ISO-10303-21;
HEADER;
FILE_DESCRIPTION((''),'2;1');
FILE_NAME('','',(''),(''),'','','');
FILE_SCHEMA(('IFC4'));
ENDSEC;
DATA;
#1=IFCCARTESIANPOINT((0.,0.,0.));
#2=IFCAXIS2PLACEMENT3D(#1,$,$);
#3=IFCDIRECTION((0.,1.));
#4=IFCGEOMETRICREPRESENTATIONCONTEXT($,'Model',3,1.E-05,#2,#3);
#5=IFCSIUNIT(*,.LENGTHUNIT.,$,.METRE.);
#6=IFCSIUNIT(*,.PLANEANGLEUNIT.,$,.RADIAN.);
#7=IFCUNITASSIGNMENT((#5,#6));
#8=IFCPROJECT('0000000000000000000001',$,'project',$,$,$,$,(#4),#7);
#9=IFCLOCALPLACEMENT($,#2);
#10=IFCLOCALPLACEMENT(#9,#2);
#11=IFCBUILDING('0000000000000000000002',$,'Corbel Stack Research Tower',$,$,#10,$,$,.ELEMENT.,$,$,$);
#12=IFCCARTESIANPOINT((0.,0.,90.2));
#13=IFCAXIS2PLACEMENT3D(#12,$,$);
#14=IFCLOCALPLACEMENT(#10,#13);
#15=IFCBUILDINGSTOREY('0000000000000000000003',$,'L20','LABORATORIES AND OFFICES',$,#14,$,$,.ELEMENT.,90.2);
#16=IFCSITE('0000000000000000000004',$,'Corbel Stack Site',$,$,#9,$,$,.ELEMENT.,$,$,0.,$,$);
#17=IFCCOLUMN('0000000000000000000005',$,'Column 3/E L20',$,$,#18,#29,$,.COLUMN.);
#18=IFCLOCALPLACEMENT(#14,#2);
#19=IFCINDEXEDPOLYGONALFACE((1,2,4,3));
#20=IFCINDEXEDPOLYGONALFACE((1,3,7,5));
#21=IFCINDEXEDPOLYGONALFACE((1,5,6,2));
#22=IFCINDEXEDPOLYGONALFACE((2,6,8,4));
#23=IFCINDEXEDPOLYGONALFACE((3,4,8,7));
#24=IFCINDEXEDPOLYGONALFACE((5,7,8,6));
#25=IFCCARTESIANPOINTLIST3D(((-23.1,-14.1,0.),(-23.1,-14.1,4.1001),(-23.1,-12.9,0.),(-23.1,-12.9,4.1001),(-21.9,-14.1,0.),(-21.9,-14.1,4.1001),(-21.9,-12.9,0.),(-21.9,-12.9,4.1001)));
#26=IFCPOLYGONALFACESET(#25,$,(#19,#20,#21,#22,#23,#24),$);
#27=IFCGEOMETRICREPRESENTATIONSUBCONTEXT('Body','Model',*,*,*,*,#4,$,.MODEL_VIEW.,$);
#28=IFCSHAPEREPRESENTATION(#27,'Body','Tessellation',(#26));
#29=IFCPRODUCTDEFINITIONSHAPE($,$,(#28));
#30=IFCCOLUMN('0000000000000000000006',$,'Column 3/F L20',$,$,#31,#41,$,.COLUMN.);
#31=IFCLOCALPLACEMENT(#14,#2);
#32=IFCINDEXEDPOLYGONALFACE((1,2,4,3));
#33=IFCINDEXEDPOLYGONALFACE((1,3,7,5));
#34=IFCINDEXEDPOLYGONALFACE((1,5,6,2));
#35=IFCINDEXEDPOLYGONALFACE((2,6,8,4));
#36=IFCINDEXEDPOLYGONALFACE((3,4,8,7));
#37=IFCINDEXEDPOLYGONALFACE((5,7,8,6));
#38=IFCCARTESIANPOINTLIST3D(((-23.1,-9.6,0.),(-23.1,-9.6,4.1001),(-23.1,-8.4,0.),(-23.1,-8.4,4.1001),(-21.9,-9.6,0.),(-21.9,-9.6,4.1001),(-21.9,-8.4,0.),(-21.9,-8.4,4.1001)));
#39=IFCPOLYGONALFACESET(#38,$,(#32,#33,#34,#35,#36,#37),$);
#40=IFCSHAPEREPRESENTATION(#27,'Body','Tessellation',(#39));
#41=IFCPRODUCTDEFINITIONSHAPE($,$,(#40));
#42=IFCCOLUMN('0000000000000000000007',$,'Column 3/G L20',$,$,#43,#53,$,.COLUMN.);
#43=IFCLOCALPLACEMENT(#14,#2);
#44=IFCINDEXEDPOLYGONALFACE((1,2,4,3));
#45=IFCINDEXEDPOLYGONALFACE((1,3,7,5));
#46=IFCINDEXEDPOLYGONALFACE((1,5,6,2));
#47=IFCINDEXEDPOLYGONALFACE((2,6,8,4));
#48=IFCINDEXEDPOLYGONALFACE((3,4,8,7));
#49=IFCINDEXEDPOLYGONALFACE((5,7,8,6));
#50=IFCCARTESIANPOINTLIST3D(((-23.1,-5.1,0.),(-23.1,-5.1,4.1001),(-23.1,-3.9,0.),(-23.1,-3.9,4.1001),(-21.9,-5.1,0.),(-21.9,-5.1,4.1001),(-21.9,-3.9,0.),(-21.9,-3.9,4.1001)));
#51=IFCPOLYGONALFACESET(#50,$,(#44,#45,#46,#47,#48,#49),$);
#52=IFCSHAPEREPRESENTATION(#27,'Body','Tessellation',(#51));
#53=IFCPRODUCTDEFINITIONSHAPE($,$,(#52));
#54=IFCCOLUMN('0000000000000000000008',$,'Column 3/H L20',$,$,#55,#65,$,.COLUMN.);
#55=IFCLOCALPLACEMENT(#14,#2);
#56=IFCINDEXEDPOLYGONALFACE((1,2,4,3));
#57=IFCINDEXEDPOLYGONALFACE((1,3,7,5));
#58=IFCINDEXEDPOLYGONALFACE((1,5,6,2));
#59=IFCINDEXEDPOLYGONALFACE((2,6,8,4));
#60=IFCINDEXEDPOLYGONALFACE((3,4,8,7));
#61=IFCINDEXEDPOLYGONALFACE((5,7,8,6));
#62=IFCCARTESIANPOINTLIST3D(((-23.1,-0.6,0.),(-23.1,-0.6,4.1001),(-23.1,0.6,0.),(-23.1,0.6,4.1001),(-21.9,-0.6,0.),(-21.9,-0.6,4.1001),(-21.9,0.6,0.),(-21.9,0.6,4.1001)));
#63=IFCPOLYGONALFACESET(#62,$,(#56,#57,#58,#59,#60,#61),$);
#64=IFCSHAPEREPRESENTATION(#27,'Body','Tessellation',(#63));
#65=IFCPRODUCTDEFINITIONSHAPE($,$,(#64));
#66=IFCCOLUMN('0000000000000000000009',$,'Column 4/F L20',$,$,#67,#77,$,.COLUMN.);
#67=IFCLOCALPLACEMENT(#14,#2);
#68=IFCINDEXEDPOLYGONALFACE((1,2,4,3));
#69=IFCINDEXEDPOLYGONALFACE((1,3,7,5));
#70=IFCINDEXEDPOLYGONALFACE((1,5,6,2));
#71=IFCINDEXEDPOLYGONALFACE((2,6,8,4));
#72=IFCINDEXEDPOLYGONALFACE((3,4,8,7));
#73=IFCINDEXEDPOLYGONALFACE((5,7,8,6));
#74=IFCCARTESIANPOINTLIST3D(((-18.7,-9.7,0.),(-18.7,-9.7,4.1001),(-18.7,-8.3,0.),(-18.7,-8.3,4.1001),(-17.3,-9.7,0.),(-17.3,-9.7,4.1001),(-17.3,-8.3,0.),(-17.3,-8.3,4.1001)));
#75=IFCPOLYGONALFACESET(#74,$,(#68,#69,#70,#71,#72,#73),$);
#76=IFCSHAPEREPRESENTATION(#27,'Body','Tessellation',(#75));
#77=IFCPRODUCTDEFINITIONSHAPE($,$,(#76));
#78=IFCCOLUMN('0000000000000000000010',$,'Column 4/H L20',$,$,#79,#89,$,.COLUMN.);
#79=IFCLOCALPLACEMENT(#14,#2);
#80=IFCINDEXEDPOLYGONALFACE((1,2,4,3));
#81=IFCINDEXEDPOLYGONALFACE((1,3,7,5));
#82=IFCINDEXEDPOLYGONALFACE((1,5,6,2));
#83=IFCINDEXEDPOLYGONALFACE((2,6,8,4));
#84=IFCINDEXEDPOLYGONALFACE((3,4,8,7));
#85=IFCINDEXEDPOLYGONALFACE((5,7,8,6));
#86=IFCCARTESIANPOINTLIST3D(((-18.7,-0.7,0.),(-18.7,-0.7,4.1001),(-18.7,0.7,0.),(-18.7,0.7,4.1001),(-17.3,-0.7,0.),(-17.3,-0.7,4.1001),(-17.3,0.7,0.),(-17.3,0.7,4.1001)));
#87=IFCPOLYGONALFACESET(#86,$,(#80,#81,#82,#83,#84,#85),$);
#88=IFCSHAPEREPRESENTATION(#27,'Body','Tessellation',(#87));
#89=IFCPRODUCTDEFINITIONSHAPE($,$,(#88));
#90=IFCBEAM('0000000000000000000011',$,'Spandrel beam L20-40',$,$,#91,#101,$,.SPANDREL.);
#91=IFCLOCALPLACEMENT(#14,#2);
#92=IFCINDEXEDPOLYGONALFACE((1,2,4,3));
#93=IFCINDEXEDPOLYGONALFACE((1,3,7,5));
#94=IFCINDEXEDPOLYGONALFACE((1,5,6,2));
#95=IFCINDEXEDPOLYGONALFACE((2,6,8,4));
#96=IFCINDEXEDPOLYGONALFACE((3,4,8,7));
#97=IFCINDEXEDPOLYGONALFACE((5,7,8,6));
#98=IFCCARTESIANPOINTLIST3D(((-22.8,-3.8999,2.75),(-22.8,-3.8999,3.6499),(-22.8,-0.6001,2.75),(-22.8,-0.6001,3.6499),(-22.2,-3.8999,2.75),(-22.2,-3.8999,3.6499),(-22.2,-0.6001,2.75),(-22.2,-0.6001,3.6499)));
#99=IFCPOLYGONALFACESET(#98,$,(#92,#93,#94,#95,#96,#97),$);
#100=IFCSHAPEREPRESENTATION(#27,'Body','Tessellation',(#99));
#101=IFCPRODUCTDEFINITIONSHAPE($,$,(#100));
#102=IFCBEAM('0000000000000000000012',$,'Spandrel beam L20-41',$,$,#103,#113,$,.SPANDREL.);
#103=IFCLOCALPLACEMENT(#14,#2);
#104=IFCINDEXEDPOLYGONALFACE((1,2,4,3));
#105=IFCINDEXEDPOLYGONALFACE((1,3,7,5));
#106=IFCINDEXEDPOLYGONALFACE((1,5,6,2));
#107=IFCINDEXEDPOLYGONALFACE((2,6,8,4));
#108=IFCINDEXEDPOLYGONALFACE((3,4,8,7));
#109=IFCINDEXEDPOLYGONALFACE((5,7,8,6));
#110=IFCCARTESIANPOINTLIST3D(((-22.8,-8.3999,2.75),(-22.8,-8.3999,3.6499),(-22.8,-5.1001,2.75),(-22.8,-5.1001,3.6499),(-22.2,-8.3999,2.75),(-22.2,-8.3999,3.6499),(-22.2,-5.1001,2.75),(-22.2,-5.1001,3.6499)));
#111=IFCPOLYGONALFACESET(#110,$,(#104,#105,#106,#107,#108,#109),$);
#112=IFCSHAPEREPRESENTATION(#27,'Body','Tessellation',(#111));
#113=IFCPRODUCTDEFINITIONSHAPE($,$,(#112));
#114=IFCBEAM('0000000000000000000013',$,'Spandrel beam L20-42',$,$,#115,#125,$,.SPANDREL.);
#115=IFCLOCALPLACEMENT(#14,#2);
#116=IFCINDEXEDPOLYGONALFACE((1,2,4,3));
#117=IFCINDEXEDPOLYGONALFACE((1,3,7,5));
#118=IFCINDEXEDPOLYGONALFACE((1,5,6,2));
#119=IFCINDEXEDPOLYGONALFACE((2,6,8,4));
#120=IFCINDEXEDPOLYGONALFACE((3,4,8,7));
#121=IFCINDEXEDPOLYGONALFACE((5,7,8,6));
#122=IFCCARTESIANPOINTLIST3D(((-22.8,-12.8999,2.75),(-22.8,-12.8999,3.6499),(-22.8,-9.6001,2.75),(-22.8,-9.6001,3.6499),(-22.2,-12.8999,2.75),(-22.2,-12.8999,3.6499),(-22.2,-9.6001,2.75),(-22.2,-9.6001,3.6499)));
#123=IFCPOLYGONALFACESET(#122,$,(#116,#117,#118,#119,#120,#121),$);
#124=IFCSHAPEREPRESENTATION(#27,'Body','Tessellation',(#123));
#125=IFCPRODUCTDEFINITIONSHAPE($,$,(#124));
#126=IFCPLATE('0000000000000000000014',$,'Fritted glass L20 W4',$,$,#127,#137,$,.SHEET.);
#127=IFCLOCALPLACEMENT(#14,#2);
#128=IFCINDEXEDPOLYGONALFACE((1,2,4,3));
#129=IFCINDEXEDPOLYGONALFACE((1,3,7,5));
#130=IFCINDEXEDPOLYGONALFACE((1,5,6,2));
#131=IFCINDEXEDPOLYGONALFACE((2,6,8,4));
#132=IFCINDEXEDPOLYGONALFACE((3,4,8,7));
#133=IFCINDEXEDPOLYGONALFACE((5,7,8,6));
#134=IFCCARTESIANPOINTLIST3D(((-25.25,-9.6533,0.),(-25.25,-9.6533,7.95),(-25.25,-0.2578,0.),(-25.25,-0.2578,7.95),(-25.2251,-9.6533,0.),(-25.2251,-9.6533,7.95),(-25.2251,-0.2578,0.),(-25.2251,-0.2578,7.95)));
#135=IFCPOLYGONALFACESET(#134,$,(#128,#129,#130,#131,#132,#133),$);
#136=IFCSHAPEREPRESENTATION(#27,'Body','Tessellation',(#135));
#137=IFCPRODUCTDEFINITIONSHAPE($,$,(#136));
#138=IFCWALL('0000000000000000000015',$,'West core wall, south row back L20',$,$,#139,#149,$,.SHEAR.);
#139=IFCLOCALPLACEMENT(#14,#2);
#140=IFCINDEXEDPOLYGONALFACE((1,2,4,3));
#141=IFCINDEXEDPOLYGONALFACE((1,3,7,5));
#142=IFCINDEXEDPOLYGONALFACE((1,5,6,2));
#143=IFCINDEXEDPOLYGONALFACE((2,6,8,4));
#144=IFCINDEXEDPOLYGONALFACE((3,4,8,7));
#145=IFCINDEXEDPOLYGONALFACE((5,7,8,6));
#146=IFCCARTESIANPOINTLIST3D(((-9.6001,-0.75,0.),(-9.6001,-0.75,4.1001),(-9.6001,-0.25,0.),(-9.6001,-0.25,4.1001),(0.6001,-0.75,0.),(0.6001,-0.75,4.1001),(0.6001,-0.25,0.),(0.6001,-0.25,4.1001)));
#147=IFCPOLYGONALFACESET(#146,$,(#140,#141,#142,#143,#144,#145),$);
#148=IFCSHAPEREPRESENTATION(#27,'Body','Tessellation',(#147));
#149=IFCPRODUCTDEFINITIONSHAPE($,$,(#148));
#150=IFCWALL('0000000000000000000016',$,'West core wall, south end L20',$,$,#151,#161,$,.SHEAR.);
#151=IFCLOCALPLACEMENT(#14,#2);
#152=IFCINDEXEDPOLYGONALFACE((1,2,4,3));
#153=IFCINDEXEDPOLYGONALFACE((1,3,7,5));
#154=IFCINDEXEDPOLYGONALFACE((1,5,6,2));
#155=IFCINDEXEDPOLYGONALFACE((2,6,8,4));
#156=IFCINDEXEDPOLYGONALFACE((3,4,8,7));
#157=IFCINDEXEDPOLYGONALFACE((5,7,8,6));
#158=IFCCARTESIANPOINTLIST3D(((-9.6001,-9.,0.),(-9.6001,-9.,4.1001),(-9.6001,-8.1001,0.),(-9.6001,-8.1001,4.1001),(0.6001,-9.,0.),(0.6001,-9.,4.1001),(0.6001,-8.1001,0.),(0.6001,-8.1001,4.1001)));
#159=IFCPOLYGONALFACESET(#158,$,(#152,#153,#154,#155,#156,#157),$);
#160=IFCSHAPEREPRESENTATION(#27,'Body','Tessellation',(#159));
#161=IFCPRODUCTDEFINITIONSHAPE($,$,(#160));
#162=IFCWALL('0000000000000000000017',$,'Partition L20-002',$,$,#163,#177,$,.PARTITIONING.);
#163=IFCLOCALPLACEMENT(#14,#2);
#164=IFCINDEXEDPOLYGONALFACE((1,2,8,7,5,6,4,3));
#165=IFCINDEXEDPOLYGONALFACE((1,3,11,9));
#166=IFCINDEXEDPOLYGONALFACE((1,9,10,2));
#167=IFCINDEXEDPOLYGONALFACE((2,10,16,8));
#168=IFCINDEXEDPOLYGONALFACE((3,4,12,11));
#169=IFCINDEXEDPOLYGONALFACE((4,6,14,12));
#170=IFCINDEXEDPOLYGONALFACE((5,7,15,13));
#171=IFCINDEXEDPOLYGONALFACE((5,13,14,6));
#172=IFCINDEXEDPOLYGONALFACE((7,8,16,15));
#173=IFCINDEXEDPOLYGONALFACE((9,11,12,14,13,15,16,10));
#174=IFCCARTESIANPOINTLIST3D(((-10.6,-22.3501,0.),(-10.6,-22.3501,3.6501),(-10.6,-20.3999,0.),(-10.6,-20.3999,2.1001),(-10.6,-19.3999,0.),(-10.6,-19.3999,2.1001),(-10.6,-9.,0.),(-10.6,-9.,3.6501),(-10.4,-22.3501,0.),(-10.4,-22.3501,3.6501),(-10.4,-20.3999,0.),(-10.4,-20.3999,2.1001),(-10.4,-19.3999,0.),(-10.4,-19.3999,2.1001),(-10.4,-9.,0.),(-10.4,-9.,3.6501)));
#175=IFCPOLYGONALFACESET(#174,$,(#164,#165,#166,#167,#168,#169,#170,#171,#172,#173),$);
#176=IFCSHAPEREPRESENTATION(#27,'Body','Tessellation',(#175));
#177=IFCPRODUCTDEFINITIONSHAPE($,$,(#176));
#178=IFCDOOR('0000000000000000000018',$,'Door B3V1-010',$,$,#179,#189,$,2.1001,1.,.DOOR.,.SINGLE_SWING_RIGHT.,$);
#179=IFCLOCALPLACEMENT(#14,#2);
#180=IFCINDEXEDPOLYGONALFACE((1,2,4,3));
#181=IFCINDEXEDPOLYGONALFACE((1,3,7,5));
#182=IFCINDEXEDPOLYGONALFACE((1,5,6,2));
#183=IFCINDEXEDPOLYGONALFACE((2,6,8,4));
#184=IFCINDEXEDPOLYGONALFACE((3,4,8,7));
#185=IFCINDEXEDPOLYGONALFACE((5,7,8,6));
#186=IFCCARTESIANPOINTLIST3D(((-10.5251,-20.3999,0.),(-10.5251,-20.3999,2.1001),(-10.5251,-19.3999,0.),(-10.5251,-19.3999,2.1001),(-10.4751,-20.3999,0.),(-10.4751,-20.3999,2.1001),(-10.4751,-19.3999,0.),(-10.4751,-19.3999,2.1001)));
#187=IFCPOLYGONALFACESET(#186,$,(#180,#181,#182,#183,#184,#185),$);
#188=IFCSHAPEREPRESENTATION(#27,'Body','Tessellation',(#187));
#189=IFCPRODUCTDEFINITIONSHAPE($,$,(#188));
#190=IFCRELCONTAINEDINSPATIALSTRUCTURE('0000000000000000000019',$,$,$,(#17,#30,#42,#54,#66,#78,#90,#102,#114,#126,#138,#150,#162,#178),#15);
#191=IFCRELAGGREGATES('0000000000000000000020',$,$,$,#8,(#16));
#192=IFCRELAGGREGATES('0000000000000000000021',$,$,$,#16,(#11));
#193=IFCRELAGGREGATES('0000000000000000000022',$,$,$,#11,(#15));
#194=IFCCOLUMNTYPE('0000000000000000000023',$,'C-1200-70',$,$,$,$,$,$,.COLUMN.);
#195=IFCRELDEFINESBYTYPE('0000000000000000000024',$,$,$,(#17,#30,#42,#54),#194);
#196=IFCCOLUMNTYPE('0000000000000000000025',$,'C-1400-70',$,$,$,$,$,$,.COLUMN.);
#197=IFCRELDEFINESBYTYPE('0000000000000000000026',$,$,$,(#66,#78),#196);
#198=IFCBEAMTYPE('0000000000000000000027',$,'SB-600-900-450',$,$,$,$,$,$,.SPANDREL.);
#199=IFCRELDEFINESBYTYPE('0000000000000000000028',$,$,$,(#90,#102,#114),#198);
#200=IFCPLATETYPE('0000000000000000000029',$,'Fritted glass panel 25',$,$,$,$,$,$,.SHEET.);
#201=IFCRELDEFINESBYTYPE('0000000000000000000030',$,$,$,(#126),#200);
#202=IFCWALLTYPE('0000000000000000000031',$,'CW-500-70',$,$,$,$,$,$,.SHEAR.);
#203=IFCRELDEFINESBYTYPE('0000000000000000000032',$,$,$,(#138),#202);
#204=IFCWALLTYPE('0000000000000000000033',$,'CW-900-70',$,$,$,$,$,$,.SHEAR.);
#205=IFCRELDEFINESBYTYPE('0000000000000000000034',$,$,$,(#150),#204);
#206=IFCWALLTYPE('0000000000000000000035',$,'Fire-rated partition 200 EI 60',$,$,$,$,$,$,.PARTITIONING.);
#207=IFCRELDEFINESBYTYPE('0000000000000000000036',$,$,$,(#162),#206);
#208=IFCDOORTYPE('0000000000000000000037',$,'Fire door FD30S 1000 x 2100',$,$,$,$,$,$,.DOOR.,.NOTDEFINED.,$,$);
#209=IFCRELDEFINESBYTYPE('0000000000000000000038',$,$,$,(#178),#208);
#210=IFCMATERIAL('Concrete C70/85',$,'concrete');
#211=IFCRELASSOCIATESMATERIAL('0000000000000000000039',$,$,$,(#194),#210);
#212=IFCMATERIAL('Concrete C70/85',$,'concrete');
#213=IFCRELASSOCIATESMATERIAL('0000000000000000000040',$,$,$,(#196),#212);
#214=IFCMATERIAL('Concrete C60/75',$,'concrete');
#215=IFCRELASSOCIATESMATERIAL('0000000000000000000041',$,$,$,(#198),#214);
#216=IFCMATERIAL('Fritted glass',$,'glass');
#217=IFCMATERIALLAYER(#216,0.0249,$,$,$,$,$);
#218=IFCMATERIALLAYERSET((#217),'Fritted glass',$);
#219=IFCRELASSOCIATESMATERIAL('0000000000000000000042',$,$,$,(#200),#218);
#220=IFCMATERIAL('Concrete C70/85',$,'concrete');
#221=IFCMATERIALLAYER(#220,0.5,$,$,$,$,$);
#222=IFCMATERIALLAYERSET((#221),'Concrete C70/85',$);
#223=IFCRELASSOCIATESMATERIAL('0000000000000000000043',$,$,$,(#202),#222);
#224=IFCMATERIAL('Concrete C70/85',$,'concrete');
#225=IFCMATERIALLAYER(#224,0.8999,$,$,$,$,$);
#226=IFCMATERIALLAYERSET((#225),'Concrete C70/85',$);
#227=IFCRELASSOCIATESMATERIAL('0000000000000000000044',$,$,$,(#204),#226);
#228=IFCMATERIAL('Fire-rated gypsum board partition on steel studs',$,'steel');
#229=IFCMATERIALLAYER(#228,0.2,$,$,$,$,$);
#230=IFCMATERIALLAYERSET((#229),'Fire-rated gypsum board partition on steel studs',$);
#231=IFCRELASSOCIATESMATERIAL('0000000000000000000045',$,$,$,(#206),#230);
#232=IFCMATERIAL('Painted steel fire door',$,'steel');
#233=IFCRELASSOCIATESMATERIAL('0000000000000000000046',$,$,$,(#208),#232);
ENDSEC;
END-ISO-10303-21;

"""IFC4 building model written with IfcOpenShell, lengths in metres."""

from ifc_helpers import new_model, si_unit, direction, frame, frame_2d, origin, origin_2d, place, context, subcontext, project, spatial, rectangle, extrude, material, layer, layer_set, material_profile, profile_set, type_object, element, fill, save


model = new_model("IFC4")

# Units and contexts
model_context = context("Model", 3, precision=1e-05, world=origin(), true_north=direction((0.0, 1.0)))
body_context = subcontext(model_context, "Body", "Model", "MODEL_VIEW")
ifc_project = project(units=[si_unit("LENGTHUNIT", "METRE"), si_unit("PLANEANGLEUNIT", "RADIAN")], contexts=[model_context])

# Site, building, storey
site_placement = place(None, origin())
site = spatial("IfcSite", under=ifc_project, at=site_placement, Name="Corbel Stack Site", CompositionType="ELEMENT", RefElevation=0.0)
building_placement = place(site_placement, origin())
building = spatial("IfcBuilding", under=site, at=building_placement, Name="Corbel Stack Research Tower", CompositionType="ELEMENT")
storey_placement = place(building_placement, frame((0.0, 0.0, 90.2)))
storey = spatial("IfcBuildingStorey", under=building, at=storey_placement, Name="L20", Description="LABORATORIES AND OFFICES", CompositionType="ELEMENT", Elevation=90.2)

# Columns
ifc_material_1 = material(Name="Concrete C70/85", Category="concrete")
ifc_material_profile_1 = material_profile(ifc_material_1, rectangle(XDim=1.2, YDim=1.2, at=origin_2d()), Name="RC 1200 x 1200")
ifc_profile_set_1 = profile_set([ifc_material_profile_1], Name="Concrete C70/85")
column_type_1 = type_object("IfcColumnType", Name="C-1200-70", PredefinedType="COLUMN", material=ifc_profile_set_1)
for number, where, z_axis, x_axis, name in (
    (1, (-22.5, -13.5, 0.0), (0.0, 0.0, 1.0), (1.0, 0.0, 0.0), "Column 3/E L20"),
    (2, (-22.5, -9.0, 0.0), (0.0, 0.0, 1.0), (1.0, 0.0, 0.0), "Column 3/F L20"),
    (3, (-22.5, -4.5, 0.0), (0.0, 0.0, 1.0), (1.0, 0.0, 0.0), "Column 3/G L20"),
    (4, (-22.5, 0.0, 0.0), (0.0, 0.0, 1.0), (1.0, 0.0, 0.0), "Column 3/H L20"),
):
    element("IfcColumn", number, at=place(storey_placement, frame(where, z_axis=z_axis, x_axis=x_axis)), inside=storey, type_object=column_type_1, Name=name, PredefinedType="COLUMN", context=body_context, shape_type="SweptSolid", body=[
        extrude(rectangle(XDim=1.2, YDim=1.2, at=origin_2d()), origin(), (0.0, 0.0, 1.0), 4.1001),
    ])
ifc_material_2 = material(Name="Concrete C70/85", Category="concrete")
ifc_material_profile_2 = material_profile(ifc_material_2, rectangle(XDim=1.3999, YDim=1.3999, at=origin_2d()), Name="RC 1400 x 1400")
ifc_profile_set_2 = profile_set([ifc_material_profile_2], Name="Concrete C70/85")
column_type_2 = type_object("IfcColumnType", Name="C-1400-70", PredefinedType="COLUMN", material=ifc_profile_set_2)
for number, where, z_axis, x_axis, name in (
    (5, (-18.0, -9.0, 0.0), (0.0, 0.0, 1.0), (1.0, 0.0, 0.0), "Column 4/F L20"),
    (6, (-18.0, 0.0, 0.0), (0.0, 0.0, 1.0), (1.0, 0.0, 0.0), "Column 4/H L20"),
):
    element("IfcColumn", number, at=place(storey_placement, frame(where, z_axis=z_axis, x_axis=x_axis)), inside=storey, type_object=column_type_2, Name=name, PredefinedType="COLUMN", context=body_context, shape_type="SweptSolid", body=[
        extrude(rectangle(XDim=1.3999, YDim=1.3999, at=origin_2d()), origin(), (0.0, 0.0, 1.0), 4.1001),
    ])

# Beams
ifc_material_3 = material(Name="Concrete C60/75", Category="concrete")
ifc_material_profile_3 = material_profile(ifc_material_3, rectangle(XDim=0.6001, YDim=0.8999, at=origin_2d()), Name="RC 600 x 900")
ifc_profile_set_3 = profile_set([ifc_material_profile_3], Name="Concrete C60/75")
beam_type = type_object("IfcBeamType", Name="SB-600-900-450", PredefinedType="SPANDREL", material=ifc_profile_set_3)
for number, where, z_axis, x_axis, name in (
    (7, (-22.5, -0.6001, 3.2), (0.0, -1.0, 0.0), (1.0, 0.0, 0.0), "Spandrel beam L20-40"),
    (8, (-22.5, -5.1001, 3.2), (0.0, -1.0, 0.0), (1.0, 0.0, 0.0), "Spandrel beam L20-41"),
    (9, (-22.5, -9.6001, 3.2), (0.0, -1.0, 0.0), (1.0, 0.0, 0.0), "Spandrel beam L20-42"),
):
    element("IfcBeam", number, at=place(storey_placement, frame(where, z_axis=z_axis, x_axis=x_axis)), inside=storey, type_object=beam_type, Name=name, PredefinedType="SPANDREL", context=body_context, shape_type="SweptSolid", body=[
        extrude(rectangle(XDim=0.6001, YDim=0.8999, at=origin_2d()), origin(), (0.0, 0.0, 1.0), 3.2998),
    ])

# Plate
ifc_material_4 = material(Name="Fritted glass", Category="glass")
ifc_layer_1 = layer(ifc_material_4, 0.0249)
ifc_layer_set_1 = layer_set([ifc_layer_1], Name="Fritted glass")
plate_type = type_object("IfcPlateType", Name="Fritted glass panel 25", PredefinedType="SHEET", material=ifc_layer_set_1)
plate_placement = place(storey_placement, frame((-25.2375, -4.9556, 0.0), z_axis=(0.0, 0.0, 1.0), x_axis=(0.0, -1.0, 0.0)))
element("IfcPlate", 10, at=plate_placement, inside=storey, type_object=plate_type, Name="Fritted glass L20 W4", PredefinedType="SHEET", context=body_context, shape_type="SweptSolid", body=[
    extrude(rectangle(XDim=9.3955, YDim=0.0249, at=origin_2d()), origin(), (0.0, 0.0, 1.0), 7.95),
])

# Wall
ifc_material_5 = material(Name="Concrete C70/85", Category="concrete")
ifc_layer_2 = layer(ifc_material_5, 0.5)
ifc_layer_set_2 = layer_set([ifc_layer_2], Name="Concrete C70/85")
wall_type_1 = type_object("IfcWallType", Name="CW-500-70", PredefinedType="SHEAR", material=ifc_layer_set_2)
wall_1_placement = place(storey_placement, frame((-9.6001, -0.5, 0.0), z_axis=(0.0, 0.0, 1.0), x_axis=(1.0, 0.0, 0.0)))
element("IfcWall", 11, at=wall_1_placement, inside=storey, type_object=wall_type_1, Name="West core wall, south row back L20", PredefinedType="SHEAR", context=body_context, shape_type="SweptSolid", body=[
    extrude(rectangle(XDim=10.2002, YDim=0.5, at=frame_2d((5.1001, 0.0))), origin(), (0.0, 0.0, 1.0), 4.1001),
])

# Shared definitions
ifc_material_6 = material(Name="Concrete C70/85", Category="concrete")
ifc_layer_3 = layer(ifc_material_6, 0.8999)
ifc_layer_set_3 = layer_set([ifc_layer_3], Name="Concrete C70/85")
wall_type_2 = type_object("IfcWallType", Name="CW-900-70", PredefinedType="SHEAR", material=ifc_layer_set_3)

# Wall
wall_2_placement = place(storey_placement, frame((-9.6001, -8.55, 0.0), z_axis=(0.0, 0.0, 1.0), x_axis=(1.0, 0.0, 0.0)))
element("IfcWall", 12, at=wall_2_placement, inside=storey, type_object=wall_type_2, Name="West core wall, south end L20", PredefinedType="SHEAR", context=body_context, shape_type="SweptSolid", body=[
    extrude(rectangle(XDim=10.2002, YDim=0.8999, at=frame_2d((5.1001, 0.0))), origin(), (0.0, 0.0, 1.0), 4.1001),
])

# Wall, opening, door
ifc_material_7 = material(Name="Fire-rated gypsum board partition on steel studs", Category="steel")
ifc_layer_4 = layer(ifc_material_7, 0.2)
ifc_layer_set_4 = layer_set([ifc_layer_4], Name="Fire-rated gypsum board partition on steel studs")
wall_type_3 = type_object("IfcWallType", Name="Fire-rated partition 200 EI 60", PredefinedType="PARTITIONING", material=ifc_layer_set_4)
wall_3_placement = place(storey_placement, frame((-10.5, -9.0, 0.0), z_axis=(0.0, 0.0, 1.0), x_axis=(0.0, -1.0, 0.0)))
wall_3 = element("IfcWall", 13, at=wall_3_placement, inside=storey, type_object=wall_type_3, Name="Partition L20-002", PredefinedType="PARTITIONING", context=body_context, shape_type="SweptSolid", body=[
    extrude(rectangle(XDim=13.3501, YDim=0.2, at=frame_2d((6.675, 0.0))), origin(), (0.0, 0.0, 1.0), 3.6501),
])
opening_1_placement = place(wall_3_placement, frame((10.3999, 0.0, 0.0)))
opening_1 = element("IfcOpeningElement", 14, at=opening_1_placement, cuts=wall_3, PredefinedType="OPENING", context=body_context, shape_type="SweptSolid", body=[
    extrude(rectangle(XDim=1.0, YDim=2.1001, at=frame_2d((0.5, 1.05))), frame((0.0, 0.1099, 0.0), z_axis=(0.0, -1.0, 0.0), x_axis=(1.0, 0.0, 0.0)), (0.0, 0.0, 1.0), 0.22),
])
ifc_material_8 = material(Name="Painted steel fire door", Category="steel")
door_type_1 = type_object("IfcDoorType", Name="Fire door FD30S 1000 x 2100", OperationType="NOTDEFINED", PredefinedType="DOOR", material=ifc_material_8)
door_1_placement = place(opening_1_placement, origin())
door_1 = element("IfcDoor", 15, at=door_1_placement, inside=storey, type_object=door_type_1, Name="Door B3V1-010", OperationType="SINGLE_SWING_RIGHT", OverallHeight=2.1001, OverallWidth=1.0, PredefinedType="DOOR", context=body_context, shape_type="SweptSolid", body=[
    extrude(rectangle(XDim=1.0, YDim=2.1001, at=frame_2d((0.5, 1.05))), frame((0.0, 0.0249, 0.0), z_axis=(0.0, -1.0, 0.0), x_axis=(1.0, 0.0, 0.0)), (0.0, 0.0, 1.0), 0.05),
])
fill(opening_1, door_1)

save(model, "model.ifc")
